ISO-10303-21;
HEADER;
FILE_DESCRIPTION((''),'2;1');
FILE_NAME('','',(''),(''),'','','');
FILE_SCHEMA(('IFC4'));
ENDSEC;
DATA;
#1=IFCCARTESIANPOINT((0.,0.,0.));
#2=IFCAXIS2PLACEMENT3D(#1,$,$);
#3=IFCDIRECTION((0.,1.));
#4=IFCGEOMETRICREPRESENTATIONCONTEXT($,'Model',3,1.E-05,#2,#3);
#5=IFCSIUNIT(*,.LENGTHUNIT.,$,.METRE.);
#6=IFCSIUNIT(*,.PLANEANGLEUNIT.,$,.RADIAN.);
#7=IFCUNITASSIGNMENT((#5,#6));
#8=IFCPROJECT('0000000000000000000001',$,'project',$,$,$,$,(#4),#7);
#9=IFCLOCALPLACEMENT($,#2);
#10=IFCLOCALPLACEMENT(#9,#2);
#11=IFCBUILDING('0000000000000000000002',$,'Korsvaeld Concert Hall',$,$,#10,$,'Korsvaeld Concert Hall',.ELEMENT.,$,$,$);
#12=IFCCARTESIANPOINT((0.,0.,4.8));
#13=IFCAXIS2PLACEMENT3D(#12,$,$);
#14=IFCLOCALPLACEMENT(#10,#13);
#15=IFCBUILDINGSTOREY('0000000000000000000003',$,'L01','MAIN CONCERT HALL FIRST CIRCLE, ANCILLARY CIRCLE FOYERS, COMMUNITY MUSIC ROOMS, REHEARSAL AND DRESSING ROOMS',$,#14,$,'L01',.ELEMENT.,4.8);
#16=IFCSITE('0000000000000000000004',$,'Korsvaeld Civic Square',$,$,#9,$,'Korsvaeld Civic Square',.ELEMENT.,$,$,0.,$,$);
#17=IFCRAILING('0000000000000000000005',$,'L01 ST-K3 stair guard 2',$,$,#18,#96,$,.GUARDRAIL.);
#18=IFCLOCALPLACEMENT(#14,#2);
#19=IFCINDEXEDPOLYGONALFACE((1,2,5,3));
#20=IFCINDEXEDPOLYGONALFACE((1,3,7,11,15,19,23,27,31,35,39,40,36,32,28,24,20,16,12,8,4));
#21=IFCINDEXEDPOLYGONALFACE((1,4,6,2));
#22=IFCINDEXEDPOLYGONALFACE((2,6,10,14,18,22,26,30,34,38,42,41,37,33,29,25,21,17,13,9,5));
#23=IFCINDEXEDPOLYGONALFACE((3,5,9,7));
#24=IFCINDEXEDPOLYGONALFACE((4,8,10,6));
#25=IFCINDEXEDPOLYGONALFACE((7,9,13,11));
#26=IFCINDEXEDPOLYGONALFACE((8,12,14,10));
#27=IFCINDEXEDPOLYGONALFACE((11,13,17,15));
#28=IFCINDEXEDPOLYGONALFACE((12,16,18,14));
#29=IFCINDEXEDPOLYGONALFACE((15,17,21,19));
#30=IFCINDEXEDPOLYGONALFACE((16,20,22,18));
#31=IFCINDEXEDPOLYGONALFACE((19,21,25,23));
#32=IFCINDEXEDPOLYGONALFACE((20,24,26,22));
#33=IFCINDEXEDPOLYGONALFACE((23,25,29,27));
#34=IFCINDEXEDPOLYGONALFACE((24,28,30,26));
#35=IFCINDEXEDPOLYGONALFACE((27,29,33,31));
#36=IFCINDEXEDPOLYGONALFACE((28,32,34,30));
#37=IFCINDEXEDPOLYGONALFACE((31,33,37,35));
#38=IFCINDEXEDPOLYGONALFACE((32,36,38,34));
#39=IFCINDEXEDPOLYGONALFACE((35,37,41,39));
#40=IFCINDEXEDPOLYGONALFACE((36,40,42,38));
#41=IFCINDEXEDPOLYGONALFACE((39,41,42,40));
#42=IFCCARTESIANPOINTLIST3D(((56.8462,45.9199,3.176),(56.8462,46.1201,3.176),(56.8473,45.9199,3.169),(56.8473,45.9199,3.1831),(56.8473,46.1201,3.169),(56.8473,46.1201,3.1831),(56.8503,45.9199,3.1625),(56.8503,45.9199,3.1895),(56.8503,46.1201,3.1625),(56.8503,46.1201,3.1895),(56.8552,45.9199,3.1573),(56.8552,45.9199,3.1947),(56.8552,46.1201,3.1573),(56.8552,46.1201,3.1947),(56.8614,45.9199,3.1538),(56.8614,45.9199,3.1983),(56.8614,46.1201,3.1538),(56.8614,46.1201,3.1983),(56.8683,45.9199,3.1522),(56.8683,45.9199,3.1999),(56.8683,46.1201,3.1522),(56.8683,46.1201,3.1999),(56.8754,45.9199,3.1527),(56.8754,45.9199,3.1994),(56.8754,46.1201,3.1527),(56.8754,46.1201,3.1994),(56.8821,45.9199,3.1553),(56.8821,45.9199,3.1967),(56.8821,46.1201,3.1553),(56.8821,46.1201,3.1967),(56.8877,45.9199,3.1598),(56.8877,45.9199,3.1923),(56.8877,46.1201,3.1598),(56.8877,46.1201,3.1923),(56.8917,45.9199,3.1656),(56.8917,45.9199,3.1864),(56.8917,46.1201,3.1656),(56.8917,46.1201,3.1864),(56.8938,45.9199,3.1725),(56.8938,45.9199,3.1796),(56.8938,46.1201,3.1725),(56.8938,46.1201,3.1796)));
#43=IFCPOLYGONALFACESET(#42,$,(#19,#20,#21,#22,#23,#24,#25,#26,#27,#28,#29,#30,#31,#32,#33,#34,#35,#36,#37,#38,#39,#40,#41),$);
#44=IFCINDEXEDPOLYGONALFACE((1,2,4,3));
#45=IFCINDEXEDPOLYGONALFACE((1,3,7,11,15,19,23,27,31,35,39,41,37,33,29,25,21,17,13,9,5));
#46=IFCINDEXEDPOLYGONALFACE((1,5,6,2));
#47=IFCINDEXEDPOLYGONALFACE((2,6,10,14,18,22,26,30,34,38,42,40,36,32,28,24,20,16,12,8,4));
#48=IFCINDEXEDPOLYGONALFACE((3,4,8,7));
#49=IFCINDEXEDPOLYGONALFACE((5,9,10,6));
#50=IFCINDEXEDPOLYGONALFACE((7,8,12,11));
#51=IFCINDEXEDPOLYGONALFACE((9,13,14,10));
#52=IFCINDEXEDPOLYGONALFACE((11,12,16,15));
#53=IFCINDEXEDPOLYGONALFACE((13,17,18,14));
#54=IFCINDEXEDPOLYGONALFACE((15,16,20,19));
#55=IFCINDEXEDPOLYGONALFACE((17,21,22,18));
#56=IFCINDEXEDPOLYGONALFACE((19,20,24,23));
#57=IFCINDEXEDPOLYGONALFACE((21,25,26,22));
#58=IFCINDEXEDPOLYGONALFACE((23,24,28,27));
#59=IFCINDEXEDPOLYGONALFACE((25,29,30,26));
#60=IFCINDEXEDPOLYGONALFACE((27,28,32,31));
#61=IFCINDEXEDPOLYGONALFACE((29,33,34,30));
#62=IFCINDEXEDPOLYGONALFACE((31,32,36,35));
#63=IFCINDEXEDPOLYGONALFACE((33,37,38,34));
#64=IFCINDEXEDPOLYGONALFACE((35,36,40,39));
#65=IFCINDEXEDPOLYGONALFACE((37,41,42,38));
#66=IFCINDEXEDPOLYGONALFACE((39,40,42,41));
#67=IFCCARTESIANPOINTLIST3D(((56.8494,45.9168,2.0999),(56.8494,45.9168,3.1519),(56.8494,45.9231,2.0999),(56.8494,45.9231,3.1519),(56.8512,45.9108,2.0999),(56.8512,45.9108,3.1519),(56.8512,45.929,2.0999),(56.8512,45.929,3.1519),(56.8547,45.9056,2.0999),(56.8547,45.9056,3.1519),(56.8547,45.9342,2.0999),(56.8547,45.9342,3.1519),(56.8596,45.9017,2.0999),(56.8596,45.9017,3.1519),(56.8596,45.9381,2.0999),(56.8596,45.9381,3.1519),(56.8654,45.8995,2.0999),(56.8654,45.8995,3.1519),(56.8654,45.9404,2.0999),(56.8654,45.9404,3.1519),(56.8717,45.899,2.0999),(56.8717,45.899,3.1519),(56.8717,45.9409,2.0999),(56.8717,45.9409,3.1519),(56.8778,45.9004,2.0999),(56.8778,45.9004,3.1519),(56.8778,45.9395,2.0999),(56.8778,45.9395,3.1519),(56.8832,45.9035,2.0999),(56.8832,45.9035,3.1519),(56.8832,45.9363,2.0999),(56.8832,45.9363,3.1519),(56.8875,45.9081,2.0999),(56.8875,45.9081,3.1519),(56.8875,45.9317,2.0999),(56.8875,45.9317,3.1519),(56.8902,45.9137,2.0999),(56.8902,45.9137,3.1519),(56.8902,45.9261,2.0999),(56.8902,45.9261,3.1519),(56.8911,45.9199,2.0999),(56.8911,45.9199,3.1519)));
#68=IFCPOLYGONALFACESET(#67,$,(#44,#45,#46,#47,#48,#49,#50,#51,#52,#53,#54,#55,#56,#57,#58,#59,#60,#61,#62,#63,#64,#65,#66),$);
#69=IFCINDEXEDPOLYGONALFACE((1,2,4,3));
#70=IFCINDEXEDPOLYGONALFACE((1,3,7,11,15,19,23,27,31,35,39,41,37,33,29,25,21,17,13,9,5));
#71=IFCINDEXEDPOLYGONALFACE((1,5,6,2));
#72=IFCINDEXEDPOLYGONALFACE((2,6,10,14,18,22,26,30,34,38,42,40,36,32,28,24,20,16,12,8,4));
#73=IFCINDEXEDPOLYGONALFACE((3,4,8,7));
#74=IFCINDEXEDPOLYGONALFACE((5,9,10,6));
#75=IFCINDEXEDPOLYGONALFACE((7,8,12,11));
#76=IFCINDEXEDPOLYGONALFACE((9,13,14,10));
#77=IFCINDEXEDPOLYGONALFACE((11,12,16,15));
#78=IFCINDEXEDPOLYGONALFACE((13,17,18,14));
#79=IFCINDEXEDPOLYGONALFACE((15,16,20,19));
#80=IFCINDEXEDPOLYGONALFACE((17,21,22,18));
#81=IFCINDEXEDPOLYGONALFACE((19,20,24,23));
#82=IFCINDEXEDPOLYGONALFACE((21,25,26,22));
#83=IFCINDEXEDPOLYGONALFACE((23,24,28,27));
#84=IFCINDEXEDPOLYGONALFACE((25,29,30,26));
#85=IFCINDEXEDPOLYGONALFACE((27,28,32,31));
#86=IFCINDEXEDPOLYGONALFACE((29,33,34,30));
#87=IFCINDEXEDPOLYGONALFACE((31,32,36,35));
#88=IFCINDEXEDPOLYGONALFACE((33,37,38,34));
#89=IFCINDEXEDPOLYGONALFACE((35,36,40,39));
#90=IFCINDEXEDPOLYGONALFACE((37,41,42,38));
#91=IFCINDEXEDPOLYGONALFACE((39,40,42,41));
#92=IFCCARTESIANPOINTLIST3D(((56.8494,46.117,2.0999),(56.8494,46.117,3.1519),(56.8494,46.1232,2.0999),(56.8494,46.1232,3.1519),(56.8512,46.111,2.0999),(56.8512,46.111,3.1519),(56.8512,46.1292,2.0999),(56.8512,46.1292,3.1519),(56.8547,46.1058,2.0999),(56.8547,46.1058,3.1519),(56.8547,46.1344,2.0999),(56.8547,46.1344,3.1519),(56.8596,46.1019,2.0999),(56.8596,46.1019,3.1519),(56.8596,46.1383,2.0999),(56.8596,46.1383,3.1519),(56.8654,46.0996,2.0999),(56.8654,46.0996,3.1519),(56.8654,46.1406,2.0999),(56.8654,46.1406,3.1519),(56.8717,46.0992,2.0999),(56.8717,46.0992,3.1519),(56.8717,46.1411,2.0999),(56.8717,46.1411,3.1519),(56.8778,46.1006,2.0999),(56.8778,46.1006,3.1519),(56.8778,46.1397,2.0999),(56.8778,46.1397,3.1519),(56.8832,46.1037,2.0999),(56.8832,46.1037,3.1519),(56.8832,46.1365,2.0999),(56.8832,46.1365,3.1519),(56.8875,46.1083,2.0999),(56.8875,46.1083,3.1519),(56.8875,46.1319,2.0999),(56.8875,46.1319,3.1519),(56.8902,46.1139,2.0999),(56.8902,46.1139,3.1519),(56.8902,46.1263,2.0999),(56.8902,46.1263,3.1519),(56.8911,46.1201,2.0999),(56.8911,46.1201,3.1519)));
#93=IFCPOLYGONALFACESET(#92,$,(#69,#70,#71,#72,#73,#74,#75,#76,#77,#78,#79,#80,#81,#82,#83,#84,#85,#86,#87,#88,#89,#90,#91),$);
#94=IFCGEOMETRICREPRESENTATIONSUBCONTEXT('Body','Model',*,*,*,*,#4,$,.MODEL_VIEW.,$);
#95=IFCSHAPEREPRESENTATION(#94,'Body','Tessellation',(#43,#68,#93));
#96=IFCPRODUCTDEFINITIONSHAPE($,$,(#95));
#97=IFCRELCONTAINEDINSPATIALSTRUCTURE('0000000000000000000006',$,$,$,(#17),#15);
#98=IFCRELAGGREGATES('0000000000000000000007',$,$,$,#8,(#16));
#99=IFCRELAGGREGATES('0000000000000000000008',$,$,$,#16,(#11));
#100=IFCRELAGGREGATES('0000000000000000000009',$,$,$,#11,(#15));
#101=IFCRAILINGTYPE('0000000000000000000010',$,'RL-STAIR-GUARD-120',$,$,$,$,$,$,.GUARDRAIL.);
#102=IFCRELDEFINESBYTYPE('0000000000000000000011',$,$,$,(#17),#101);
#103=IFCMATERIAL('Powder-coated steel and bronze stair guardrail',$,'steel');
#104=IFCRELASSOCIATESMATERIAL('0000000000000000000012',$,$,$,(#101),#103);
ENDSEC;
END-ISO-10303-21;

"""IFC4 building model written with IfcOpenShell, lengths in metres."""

from ifc_helpers import new_model, si_unit, direction, frame, origin, origin_2d, place, context, subcontext, project, spatial, circle, extrude, material, type_object, element, save


model = new_model("IFC4")

# Units and contexts
model_context = context("Model", 3, precision=1e-05, world=origin(), true_north=direction((0.0, 1.0)))
body_context = subcontext(model_context, "Body", "Model", "MODEL_VIEW")
ifc_project = project(units=[si_unit("LENGTHUNIT", "METRE"), si_unit("PLANEANGLEUNIT", "RADIAN")], contexts=[model_context])

# Site, building, storey
site_placement = place(None, origin())
site = spatial("IfcSite", under=ifc_project, at=site_placement, Name="Korsvaeld Civic Square", LongName="Korsvaeld Civic Square", CompositionType="ELEMENT", RefElevation=0.0)
building_placement = place(site_placement, origin())
building = spatial("IfcBuilding", under=site, at=building_placement, Name="Korsvaeld Concert Hall", LongName="Korsvaeld Concert Hall", CompositionType="ELEMENT")
storey_placement = place(building_placement, frame((0.0, 0.0, 4.8)))
storey = spatial("IfcBuildingStorey", under=building, at=storey_placement, Name="L01", Description="MAIN CONCERT HALL FIRST CIRCLE, ANCILLARY CIRCLE FOYERS, COMMUNITY MUSIC ROOMS, REHEARSAL AND DRESSING ROOMS", LongName="L01", CompositionType="ELEMENT", Elevation=4.8)

# Railing
ifc_material_1 = material(Name="Powder-coated steel and bronze stair guardrail", Category="steel")
railing_type_1 = type_object("IfcRailingType", Name="RL-STAIR-GUARD-120", PredefinedType="GUARDRAIL", material=ifc_material_1)
railing_1_placement = place(storey_placement, frame((56.8701, 45.9199, 2.0999)))
element("IfcRailing", 1, at=railing_1_placement, inside=storey, type_object=railing_type_1, Name="L01 ST-K3 stair guard 2", PredefinedType="GUARDRAIL", context=body_context, shape_type="SweptSolid", body=[
    extrude(circle(Radius=0.0239, at=origin_2d()), frame((0.0, 0.0, 1.0762), z_axis=(0.0, 1.0, 0.0), x_axis=(-1.0, 0.0, 0.0)), (0.0, 0.0, 1.0), 0.2002),
    extrude(circle(Radius=0.021, at=origin_2d()), origin(), (0.0, 0.0, 1.0), 1.052),
    extrude(circle(Radius=0.021, at=origin_2d()), frame((0.0, 0.2002, 0.0)), (0.0, 0.0, 1.0), 1.052),
])

save(model, "model.ifc")
